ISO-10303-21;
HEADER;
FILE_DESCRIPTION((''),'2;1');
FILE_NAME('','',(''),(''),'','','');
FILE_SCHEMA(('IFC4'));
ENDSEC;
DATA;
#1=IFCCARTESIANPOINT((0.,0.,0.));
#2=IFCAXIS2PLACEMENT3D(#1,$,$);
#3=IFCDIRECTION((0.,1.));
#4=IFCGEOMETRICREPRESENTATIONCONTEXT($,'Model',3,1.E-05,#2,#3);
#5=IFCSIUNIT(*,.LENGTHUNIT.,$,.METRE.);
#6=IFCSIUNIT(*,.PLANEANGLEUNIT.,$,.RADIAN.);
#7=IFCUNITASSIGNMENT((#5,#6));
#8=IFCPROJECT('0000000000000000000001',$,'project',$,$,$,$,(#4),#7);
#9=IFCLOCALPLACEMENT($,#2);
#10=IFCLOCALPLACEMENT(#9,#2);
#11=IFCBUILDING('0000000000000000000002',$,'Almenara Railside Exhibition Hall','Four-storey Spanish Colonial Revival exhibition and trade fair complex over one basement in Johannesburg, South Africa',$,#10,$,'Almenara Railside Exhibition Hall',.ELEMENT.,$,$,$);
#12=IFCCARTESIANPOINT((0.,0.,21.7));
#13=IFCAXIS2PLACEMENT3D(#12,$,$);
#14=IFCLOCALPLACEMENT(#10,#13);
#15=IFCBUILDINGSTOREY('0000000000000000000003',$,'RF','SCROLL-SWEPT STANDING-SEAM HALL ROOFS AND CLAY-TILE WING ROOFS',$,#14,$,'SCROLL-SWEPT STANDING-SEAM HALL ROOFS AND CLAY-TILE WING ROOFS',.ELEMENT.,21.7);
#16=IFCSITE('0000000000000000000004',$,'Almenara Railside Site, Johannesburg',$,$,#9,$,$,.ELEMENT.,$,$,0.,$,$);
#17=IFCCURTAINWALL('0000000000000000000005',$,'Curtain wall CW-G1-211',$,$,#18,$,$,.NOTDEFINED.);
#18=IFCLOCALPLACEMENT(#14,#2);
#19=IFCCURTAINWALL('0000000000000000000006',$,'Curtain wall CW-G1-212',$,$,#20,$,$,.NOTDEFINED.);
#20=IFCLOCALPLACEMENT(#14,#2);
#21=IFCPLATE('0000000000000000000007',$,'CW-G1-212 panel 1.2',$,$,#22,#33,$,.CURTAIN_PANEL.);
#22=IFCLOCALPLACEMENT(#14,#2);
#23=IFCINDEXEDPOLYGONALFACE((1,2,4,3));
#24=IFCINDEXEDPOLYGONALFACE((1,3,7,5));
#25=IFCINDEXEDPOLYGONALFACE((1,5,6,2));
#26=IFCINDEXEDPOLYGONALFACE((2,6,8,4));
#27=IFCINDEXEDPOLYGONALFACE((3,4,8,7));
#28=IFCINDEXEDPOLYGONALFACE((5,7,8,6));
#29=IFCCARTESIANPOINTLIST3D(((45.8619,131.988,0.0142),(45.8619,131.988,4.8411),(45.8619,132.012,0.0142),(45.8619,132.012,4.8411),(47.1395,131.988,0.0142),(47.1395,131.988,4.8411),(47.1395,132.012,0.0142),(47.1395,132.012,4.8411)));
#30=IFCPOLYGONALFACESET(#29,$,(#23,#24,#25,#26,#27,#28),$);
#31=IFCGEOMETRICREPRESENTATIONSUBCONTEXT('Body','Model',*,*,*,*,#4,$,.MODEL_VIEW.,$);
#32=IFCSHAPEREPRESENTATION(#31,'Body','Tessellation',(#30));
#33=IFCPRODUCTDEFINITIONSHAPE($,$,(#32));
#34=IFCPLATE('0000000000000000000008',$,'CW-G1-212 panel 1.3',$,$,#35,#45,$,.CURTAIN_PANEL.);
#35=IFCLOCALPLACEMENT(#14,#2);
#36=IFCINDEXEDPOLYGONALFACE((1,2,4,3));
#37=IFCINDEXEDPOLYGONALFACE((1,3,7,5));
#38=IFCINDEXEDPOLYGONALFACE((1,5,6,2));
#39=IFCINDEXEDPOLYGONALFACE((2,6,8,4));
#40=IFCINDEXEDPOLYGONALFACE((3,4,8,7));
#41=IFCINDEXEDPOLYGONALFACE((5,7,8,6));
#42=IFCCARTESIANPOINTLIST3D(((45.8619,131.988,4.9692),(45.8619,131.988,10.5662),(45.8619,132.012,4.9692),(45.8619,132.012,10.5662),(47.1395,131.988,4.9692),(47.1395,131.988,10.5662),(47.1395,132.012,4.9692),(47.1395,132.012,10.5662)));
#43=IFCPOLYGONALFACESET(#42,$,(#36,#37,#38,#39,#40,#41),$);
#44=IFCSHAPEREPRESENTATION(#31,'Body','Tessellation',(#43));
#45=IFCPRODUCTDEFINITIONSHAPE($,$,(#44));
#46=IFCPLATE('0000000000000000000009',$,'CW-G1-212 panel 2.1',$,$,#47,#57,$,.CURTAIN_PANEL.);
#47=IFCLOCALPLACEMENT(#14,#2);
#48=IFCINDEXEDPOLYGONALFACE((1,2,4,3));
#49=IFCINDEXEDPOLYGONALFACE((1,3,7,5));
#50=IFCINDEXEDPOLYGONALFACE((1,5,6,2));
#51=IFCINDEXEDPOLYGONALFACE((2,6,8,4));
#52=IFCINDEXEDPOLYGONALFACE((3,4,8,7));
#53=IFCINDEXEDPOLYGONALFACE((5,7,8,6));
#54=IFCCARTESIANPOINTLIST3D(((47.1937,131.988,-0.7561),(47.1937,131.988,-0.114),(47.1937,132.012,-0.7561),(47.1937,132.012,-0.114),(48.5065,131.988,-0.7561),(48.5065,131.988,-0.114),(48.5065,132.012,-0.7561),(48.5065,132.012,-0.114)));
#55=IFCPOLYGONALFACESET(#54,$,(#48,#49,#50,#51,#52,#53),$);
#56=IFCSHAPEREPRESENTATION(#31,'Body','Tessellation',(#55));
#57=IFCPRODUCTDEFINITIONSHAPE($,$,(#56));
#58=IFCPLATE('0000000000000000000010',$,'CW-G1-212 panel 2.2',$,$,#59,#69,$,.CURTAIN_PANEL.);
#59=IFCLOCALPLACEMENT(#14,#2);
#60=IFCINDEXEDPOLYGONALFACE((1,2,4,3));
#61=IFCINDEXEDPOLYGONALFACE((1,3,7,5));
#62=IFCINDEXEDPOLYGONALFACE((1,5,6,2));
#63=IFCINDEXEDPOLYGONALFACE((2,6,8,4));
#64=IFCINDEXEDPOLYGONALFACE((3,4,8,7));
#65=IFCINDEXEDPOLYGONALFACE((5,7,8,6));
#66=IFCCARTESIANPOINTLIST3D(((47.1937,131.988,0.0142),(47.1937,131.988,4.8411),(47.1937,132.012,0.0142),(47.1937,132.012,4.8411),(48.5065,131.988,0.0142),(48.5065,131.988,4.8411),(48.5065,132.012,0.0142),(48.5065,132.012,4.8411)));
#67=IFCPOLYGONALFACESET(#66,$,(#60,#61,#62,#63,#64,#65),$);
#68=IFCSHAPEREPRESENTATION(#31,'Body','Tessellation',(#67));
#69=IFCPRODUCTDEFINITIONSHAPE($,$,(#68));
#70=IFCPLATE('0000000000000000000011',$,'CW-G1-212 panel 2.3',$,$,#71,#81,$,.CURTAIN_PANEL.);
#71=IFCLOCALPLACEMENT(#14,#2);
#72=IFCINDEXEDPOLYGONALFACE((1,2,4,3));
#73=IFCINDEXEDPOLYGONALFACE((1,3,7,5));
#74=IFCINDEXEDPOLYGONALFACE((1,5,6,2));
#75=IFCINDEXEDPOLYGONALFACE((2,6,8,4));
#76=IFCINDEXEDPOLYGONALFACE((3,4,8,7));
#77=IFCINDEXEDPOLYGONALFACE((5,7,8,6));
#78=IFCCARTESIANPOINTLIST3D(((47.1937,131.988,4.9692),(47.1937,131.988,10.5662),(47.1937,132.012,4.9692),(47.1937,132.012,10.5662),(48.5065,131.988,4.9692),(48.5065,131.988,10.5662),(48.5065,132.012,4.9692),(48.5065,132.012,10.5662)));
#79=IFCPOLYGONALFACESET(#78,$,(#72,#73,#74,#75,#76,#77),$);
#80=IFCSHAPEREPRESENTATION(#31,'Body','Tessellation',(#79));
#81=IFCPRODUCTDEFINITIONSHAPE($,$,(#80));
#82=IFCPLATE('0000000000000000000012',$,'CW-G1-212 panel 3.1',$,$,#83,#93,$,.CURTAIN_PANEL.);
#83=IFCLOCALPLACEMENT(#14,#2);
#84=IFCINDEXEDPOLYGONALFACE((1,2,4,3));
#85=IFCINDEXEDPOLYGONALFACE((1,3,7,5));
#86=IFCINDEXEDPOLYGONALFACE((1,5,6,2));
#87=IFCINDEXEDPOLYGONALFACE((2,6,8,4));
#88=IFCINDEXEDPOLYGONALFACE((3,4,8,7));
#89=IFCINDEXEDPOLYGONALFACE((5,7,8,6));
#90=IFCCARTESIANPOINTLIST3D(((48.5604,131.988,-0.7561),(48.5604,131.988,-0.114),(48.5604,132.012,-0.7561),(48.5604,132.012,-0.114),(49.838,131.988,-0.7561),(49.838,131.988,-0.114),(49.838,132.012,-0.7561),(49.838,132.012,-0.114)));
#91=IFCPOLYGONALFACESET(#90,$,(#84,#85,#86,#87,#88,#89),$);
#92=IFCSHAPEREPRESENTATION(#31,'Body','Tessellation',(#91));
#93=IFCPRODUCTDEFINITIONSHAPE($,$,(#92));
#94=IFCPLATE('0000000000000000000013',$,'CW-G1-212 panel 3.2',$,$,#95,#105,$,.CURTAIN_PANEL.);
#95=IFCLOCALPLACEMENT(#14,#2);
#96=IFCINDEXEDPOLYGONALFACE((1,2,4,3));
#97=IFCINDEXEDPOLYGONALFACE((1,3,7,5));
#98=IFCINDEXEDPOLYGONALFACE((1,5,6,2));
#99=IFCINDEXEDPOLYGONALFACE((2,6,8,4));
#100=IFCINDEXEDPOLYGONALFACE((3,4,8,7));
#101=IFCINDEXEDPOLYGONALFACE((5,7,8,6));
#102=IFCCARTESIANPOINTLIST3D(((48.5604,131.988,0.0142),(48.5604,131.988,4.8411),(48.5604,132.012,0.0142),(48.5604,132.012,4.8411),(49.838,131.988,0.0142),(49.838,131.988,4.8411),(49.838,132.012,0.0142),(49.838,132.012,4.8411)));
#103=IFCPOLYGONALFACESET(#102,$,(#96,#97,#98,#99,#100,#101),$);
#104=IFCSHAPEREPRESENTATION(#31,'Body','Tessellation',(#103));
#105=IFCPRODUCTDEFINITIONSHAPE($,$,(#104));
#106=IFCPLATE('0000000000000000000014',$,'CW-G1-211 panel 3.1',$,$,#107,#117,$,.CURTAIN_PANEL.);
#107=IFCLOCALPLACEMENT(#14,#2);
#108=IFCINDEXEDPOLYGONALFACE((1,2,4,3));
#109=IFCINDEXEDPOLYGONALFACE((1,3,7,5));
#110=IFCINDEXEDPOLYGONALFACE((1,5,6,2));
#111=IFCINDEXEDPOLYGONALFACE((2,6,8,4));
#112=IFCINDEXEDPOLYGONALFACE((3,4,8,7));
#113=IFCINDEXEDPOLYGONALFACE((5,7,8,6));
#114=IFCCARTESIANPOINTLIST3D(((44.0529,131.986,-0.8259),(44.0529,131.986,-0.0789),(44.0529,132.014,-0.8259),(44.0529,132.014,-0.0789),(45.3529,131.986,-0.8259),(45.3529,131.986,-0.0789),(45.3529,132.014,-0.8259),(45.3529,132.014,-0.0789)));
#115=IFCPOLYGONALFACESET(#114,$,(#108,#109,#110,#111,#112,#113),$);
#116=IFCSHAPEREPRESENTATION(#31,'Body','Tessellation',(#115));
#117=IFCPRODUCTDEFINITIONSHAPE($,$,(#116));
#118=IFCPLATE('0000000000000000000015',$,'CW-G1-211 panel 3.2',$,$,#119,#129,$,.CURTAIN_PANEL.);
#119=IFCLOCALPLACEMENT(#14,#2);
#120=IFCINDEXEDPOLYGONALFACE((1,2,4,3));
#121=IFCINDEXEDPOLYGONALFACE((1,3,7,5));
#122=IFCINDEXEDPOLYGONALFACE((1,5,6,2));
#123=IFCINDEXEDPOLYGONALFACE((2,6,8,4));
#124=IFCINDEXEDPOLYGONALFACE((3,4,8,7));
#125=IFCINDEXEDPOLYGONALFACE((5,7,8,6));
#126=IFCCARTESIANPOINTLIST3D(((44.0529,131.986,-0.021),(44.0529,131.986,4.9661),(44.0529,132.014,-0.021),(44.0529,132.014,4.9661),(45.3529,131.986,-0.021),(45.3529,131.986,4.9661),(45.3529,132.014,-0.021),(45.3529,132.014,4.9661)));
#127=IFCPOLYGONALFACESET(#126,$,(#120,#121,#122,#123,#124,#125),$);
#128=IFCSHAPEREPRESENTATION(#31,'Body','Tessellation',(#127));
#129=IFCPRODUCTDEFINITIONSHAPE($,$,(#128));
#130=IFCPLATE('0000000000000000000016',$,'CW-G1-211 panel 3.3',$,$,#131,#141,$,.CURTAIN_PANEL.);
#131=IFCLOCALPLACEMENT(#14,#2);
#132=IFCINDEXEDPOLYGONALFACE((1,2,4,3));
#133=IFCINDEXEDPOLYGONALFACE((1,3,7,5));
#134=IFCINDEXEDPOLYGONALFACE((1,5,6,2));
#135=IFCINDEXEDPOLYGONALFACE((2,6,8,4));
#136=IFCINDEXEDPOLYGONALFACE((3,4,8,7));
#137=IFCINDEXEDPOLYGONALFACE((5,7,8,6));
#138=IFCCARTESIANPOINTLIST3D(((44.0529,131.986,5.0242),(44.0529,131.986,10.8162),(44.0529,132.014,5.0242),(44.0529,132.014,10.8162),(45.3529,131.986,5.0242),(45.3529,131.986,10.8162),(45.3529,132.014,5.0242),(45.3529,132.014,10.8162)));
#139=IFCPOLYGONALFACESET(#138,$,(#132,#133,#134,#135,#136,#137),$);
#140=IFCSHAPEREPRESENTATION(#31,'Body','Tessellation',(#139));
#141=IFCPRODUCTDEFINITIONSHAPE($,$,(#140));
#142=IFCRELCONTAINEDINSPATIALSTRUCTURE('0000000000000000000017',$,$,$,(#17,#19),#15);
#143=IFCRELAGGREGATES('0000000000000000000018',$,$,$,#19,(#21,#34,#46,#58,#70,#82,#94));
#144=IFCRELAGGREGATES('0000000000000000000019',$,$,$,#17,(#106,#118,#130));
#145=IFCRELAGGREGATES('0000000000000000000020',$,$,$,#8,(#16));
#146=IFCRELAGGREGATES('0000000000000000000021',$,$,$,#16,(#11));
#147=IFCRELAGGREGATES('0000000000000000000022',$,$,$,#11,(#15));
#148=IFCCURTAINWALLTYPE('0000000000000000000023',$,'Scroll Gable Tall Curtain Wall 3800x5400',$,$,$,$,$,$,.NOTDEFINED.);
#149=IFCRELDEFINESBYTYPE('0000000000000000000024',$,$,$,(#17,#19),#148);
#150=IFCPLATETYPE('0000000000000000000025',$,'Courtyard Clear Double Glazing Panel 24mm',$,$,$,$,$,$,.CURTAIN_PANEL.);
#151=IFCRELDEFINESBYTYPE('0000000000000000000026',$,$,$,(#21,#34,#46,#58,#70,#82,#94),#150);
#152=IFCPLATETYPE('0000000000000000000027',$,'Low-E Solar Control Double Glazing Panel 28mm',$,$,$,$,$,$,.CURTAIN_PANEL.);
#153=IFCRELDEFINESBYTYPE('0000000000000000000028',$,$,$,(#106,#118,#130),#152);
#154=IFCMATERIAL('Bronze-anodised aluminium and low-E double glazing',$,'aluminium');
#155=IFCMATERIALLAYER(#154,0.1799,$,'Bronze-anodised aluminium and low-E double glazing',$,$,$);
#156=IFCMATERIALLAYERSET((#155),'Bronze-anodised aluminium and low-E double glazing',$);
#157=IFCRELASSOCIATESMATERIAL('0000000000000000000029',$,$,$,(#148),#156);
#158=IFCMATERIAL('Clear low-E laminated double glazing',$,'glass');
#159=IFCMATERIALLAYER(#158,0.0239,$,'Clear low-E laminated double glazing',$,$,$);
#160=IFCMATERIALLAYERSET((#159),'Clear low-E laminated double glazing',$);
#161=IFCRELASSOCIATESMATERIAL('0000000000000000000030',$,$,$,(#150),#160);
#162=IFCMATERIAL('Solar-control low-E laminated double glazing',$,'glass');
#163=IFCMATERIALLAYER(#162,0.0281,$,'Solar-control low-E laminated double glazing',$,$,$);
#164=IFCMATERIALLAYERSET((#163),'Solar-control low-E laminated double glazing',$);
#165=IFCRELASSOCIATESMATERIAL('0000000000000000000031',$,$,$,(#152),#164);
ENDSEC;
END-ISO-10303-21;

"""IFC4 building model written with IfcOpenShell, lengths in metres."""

from ifc_helpers import new_model, si_unit, direction, frame, origin, origin_2d, place, context, subcontext, project, spatial, rectangle, extrude, material, layer, layer_set, type_object, element, aggregate, save


model = new_model("IFC4")

# Units and contexts
model_context = context("Model", 3, precision=1e-05, world=origin(), true_north=direction((0.0, 1.0)))
body_context = subcontext(model_context, "Body", "Model", "MODEL_VIEW")
ifc_project = project(units=[si_unit("LENGTHUNIT", "METRE"), si_unit("PLANEANGLEUNIT", "RADIAN")], contexts=[model_context])

# Site, building, storey
site_placement = place(None, origin())
site = spatial("IfcSite", under=ifc_project, at=site_placement, Name="Almenara Railside Site, Johannesburg", CompositionType="ELEMENT", RefElevation=0.0)
building_placement = place(site_placement, origin())
building = spatial("IfcBuilding", under=site, at=building_placement, Name="Almenara Railside Exhibition Hall", Description="Four-storey Spanish Colonial Revival exhibition and trade fair complex over one basement in Johannesburg, South Africa", LongName="Almenara Railside Exhibition Hall", CompositionType="ELEMENT")
storey_placement = place(building_placement, frame((0.0, 0.0, 21.7)))
storey = spatial("IfcBuildingStorey", under=building, at=storey_placement, Name="RF", Description="SCROLL-SWEPT STANDING-SEAM HALL ROOFS AND CLAY-TILE WING ROOFS", LongName="SCROLL-SWEPT STANDING-SEAM HALL ROOFS AND CLAY-TILE WING ROOFS", CompositionType="ELEMENT", Elevation=21.7)

# Curtain wall
ifc_material_1 = material(Name="Bronze-anodised aluminium and low-E double glazing", Category="aluminium")
ifc_layer_1 = layer(ifc_material_1, 0.1799, Name="Bronze-anodised aluminium and low-E double glazing")
ifc_layer_set_1 = layer_set([ifc_layer_1], Name="Bronze-anodised aluminium and low-E double glazing")
curtain_wall_type = type_object("IfcCurtainWallType", Name="Scroll Gable Tall Curtain Wall 3800x5400", PredefinedType="NOTDEFINED", material=ifc_layer_set_1)
curtain_wall_1_placement = place(storey_placement, origin())
curtain_wall_1 = element("IfcCurtainWall", 1, at=curtain_wall_1_placement, inside=storey, type_object=curtain_wall_type, Name="Curtain wall CW-G1-211", PredefinedType="NOTDEFINED")

# Curtain wall
curtain_wall_2_placement = place(storey_placement, origin())
curtain_wall_2 = element("IfcCurtainWall", 2, at=curtain_wall_2_placement, inside=storey, type_object=curtain_wall_type, Name="Curtain wall CW-G1-212", PredefinedType="NOTDEFINED")

# Plates
ifc_material_2 = material(Name="Clear low-E laminated double glazing", Category="glass")
ifc_layer_2 = layer(ifc_material_2, 0.0239, Name="Clear low-E laminated double glazing")
ifc_layer_set_2 = layer_set([ifc_layer_2], Name="Clear low-E laminated double glazing")
plate_type_1 = type_object("IfcPlateType", Name="Courtyard Clear Double Glazing Panel 24mm", PredefinedType="CURTAIN_PANEL", material=ifc_layer_set_2)
plate_1_placement = place(storey_placement, frame((46.5007, 132.0, 0.0142), z_axis=(0.0, 0.0, 1.0), x_axis=(1.0, 0.0, 0.0)))
plate_1 = element("IfcPlate", 3, at=plate_1_placement, type_object=plate_type_1, Name="CW-G1-212 panel 1.2", PredefinedType="CURTAIN_PANEL", context=body_context, shape_type="SweptSolid", body=[
    extrude(rectangle(XDim=1.2776, YDim=0.0239, at=origin_2d()), origin(), (0.0, 0.0, 1.0), 4.8269),
])
plate_2_placement = place(storey_placement, frame((46.5007, 132.0, 4.9692), z_axis=(0.0, 0.0, 1.0), x_axis=(1.0, 0.0, 0.0)))
plate_2 = element("IfcPlate", 4, at=plate_2_placement, type_object=plate_type_1, Name="CW-G1-212 panel 1.3", PredefinedType="CURTAIN_PANEL", context=body_context, shape_type="SweptSolid", body=[
    extrude(rectangle(XDim=1.2776, YDim=0.0239, at=origin_2d()), origin(), (0.0, 0.0, 1.0), 5.5969),
])
plate_3_placement = place(storey_placement, frame((47.8501, 132.0, -0.7561), z_axis=(0.0, 0.0, 1.0), x_axis=(1.0, 0.0, 0.0)))
plate_3 = element("IfcPlate", 5, at=plate_3_placement, type_object=plate_type_1, Name="CW-G1-212 panel 2.1", PredefinedType="CURTAIN_PANEL", context=body_context, shape_type="SweptSolid", body=[
    extrude(rectangle(XDim=1.3127, YDim=0.0239, at=origin_2d()), origin(), (0.0, 0.0, 1.0), 0.6421),
])
plate_4_placement = place(storey_placement, frame((47.8501, 132.0, 0.0142), z_axis=(0.0, 0.0, 1.0), x_axis=(1.0, 0.0, 0.0)))
plate_4 = element("IfcPlate", 6, at=plate_4_placement, type_object=plate_type_1, Name="CW-G1-212 panel 2.2", PredefinedType="CURTAIN_PANEL", context=body_context, shape_type="SweptSolid", body=[
    extrude(rectangle(XDim=1.3127, YDim=0.0239, at=origin_2d()), origin(), (0.0, 0.0, 1.0), 4.8269),
])
plate_5_placement = place(storey_placement, frame((47.8501, 132.0, 4.9692), z_axis=(0.0, 0.0, 1.0), x_axis=(1.0, 0.0, 0.0)))
plate_5 = element("IfcPlate", 7, at=plate_5_placement, type_object=plate_type_1, Name="CW-G1-212 panel 2.3", PredefinedType="CURTAIN_PANEL", context=body_context, shape_type="SweptSolid", body=[
    extrude(rectangle(XDim=1.3127, YDim=0.0239, at=origin_2d()), origin(), (0.0, 0.0, 1.0), 5.5969),
])
plate_6_placement = place(storey_placement, frame((49.1992, 132.0, -0.7561), z_axis=(0.0, 0.0, 1.0), x_axis=(1.0, 0.0, 0.0)))
plate_6 = element("IfcPlate", 8, at=plate_6_placement, type_object=plate_type_1, Name="CW-G1-212 panel 3.1", PredefinedType="CURTAIN_PANEL", context=body_context, shape_type="SweptSolid", body=[
    extrude(rectangle(XDim=1.2776, YDim=0.0239, at=origin_2d()), origin(), (0.0, 0.0, 1.0), 0.6421),
])
plate_7_placement = place(storey_placement, frame((49.1992, 132.0, 0.0142), z_axis=(0.0, 0.0, 1.0), x_axis=(1.0, 0.0, 0.0)))
plate_7 = element("IfcPlate", 9, at=plate_7_placement, type_object=plate_type_1, Name="CW-G1-212 panel 3.2", PredefinedType="CURTAIN_PANEL", context=body_context, shape_type="SweptSolid", body=[
    extrude(rectangle(XDim=1.2776, YDim=0.0239, at=origin_2d()), origin(), (0.0, 0.0, 1.0), 4.8269),
])
aggregate(curtain_wall_2, [plate_1, plate_2, plate_3, plate_4, plate_5, plate_6, plate_7])
ifc_material_3 = material(Name="Solar-control low-E laminated double glazing", Category="glass")
ifc_layer_3 = layer(ifc_material_3, 0.0281, Name="Solar-control low-E laminated double glazing")
ifc_layer_set_3 = layer_set([ifc_layer_3], Name="Solar-control low-E laminated double glazing")
plate_type_2 = type_object("IfcPlateType", Name="Low-E Solar Control Double Glazing Panel 28mm", PredefinedType="CURTAIN_PANEL", material=ifc_layer_set_3)
plate_8_placement = place(storey_placement, frame((44.7029, 132.0, -0.8259), z_axis=(0.0, 0.0, 1.0), x_axis=(1.0, 0.0, 0.0)))
plate_8 = element("IfcPlate", 10, at=plate_8_placement, type_object=plate_type_2, Name="CW-G1-211 panel 3.1", PredefinedType="CURTAIN_PANEL", context=body_context, shape_type="SweptSolid", body=[
    extrude(rectangle(XDim=1.3, YDim=0.0281, at=origin_2d()), origin(), (0.0, 0.0, 1.0), 0.7471),
])
plate_9_placement = place(storey_placement, frame((44.7029, 132.0, -0.021), z_axis=(0.0, 0.0, 1.0), x_axis=(1.0, 0.0, 0.0)))
plate_9 = element("IfcPlate", 11, at=plate_9_placement, type_object=plate_type_2, Name="CW-G1-211 panel 3.2", PredefinedType="CURTAIN_PANEL", context=body_context, shape_type="SweptSolid", body=[
    extrude(rectangle(XDim=1.3, YDim=0.0281, at=origin_2d()), origin(), (0.0, 0.0, 1.0), 4.9871),
])
plate_10_placement = place(storey_placement, frame((44.7029, 132.0, 5.0242), z_axis=(0.0, 0.0, 1.0), x_axis=(1.0, 0.0, 0.0)))
plate_10 = element("IfcPlate", 12, at=plate_10_placement, type_object=plate_type_2, Name="CW-G1-211 panel 3.3", PredefinedType="CURTAIN_PANEL", context=body_context, shape_type="SweptSolid", body=[
    extrude(rectangle(XDim=1.3, YDim=0.0281, at=origin_2d()), origin(), (0.0, 0.0, 1.0), 5.792),
])
aggregate(curtain_wall_1, [plate_8, plate_9, plate_10])

save(model, "model.ifc")
